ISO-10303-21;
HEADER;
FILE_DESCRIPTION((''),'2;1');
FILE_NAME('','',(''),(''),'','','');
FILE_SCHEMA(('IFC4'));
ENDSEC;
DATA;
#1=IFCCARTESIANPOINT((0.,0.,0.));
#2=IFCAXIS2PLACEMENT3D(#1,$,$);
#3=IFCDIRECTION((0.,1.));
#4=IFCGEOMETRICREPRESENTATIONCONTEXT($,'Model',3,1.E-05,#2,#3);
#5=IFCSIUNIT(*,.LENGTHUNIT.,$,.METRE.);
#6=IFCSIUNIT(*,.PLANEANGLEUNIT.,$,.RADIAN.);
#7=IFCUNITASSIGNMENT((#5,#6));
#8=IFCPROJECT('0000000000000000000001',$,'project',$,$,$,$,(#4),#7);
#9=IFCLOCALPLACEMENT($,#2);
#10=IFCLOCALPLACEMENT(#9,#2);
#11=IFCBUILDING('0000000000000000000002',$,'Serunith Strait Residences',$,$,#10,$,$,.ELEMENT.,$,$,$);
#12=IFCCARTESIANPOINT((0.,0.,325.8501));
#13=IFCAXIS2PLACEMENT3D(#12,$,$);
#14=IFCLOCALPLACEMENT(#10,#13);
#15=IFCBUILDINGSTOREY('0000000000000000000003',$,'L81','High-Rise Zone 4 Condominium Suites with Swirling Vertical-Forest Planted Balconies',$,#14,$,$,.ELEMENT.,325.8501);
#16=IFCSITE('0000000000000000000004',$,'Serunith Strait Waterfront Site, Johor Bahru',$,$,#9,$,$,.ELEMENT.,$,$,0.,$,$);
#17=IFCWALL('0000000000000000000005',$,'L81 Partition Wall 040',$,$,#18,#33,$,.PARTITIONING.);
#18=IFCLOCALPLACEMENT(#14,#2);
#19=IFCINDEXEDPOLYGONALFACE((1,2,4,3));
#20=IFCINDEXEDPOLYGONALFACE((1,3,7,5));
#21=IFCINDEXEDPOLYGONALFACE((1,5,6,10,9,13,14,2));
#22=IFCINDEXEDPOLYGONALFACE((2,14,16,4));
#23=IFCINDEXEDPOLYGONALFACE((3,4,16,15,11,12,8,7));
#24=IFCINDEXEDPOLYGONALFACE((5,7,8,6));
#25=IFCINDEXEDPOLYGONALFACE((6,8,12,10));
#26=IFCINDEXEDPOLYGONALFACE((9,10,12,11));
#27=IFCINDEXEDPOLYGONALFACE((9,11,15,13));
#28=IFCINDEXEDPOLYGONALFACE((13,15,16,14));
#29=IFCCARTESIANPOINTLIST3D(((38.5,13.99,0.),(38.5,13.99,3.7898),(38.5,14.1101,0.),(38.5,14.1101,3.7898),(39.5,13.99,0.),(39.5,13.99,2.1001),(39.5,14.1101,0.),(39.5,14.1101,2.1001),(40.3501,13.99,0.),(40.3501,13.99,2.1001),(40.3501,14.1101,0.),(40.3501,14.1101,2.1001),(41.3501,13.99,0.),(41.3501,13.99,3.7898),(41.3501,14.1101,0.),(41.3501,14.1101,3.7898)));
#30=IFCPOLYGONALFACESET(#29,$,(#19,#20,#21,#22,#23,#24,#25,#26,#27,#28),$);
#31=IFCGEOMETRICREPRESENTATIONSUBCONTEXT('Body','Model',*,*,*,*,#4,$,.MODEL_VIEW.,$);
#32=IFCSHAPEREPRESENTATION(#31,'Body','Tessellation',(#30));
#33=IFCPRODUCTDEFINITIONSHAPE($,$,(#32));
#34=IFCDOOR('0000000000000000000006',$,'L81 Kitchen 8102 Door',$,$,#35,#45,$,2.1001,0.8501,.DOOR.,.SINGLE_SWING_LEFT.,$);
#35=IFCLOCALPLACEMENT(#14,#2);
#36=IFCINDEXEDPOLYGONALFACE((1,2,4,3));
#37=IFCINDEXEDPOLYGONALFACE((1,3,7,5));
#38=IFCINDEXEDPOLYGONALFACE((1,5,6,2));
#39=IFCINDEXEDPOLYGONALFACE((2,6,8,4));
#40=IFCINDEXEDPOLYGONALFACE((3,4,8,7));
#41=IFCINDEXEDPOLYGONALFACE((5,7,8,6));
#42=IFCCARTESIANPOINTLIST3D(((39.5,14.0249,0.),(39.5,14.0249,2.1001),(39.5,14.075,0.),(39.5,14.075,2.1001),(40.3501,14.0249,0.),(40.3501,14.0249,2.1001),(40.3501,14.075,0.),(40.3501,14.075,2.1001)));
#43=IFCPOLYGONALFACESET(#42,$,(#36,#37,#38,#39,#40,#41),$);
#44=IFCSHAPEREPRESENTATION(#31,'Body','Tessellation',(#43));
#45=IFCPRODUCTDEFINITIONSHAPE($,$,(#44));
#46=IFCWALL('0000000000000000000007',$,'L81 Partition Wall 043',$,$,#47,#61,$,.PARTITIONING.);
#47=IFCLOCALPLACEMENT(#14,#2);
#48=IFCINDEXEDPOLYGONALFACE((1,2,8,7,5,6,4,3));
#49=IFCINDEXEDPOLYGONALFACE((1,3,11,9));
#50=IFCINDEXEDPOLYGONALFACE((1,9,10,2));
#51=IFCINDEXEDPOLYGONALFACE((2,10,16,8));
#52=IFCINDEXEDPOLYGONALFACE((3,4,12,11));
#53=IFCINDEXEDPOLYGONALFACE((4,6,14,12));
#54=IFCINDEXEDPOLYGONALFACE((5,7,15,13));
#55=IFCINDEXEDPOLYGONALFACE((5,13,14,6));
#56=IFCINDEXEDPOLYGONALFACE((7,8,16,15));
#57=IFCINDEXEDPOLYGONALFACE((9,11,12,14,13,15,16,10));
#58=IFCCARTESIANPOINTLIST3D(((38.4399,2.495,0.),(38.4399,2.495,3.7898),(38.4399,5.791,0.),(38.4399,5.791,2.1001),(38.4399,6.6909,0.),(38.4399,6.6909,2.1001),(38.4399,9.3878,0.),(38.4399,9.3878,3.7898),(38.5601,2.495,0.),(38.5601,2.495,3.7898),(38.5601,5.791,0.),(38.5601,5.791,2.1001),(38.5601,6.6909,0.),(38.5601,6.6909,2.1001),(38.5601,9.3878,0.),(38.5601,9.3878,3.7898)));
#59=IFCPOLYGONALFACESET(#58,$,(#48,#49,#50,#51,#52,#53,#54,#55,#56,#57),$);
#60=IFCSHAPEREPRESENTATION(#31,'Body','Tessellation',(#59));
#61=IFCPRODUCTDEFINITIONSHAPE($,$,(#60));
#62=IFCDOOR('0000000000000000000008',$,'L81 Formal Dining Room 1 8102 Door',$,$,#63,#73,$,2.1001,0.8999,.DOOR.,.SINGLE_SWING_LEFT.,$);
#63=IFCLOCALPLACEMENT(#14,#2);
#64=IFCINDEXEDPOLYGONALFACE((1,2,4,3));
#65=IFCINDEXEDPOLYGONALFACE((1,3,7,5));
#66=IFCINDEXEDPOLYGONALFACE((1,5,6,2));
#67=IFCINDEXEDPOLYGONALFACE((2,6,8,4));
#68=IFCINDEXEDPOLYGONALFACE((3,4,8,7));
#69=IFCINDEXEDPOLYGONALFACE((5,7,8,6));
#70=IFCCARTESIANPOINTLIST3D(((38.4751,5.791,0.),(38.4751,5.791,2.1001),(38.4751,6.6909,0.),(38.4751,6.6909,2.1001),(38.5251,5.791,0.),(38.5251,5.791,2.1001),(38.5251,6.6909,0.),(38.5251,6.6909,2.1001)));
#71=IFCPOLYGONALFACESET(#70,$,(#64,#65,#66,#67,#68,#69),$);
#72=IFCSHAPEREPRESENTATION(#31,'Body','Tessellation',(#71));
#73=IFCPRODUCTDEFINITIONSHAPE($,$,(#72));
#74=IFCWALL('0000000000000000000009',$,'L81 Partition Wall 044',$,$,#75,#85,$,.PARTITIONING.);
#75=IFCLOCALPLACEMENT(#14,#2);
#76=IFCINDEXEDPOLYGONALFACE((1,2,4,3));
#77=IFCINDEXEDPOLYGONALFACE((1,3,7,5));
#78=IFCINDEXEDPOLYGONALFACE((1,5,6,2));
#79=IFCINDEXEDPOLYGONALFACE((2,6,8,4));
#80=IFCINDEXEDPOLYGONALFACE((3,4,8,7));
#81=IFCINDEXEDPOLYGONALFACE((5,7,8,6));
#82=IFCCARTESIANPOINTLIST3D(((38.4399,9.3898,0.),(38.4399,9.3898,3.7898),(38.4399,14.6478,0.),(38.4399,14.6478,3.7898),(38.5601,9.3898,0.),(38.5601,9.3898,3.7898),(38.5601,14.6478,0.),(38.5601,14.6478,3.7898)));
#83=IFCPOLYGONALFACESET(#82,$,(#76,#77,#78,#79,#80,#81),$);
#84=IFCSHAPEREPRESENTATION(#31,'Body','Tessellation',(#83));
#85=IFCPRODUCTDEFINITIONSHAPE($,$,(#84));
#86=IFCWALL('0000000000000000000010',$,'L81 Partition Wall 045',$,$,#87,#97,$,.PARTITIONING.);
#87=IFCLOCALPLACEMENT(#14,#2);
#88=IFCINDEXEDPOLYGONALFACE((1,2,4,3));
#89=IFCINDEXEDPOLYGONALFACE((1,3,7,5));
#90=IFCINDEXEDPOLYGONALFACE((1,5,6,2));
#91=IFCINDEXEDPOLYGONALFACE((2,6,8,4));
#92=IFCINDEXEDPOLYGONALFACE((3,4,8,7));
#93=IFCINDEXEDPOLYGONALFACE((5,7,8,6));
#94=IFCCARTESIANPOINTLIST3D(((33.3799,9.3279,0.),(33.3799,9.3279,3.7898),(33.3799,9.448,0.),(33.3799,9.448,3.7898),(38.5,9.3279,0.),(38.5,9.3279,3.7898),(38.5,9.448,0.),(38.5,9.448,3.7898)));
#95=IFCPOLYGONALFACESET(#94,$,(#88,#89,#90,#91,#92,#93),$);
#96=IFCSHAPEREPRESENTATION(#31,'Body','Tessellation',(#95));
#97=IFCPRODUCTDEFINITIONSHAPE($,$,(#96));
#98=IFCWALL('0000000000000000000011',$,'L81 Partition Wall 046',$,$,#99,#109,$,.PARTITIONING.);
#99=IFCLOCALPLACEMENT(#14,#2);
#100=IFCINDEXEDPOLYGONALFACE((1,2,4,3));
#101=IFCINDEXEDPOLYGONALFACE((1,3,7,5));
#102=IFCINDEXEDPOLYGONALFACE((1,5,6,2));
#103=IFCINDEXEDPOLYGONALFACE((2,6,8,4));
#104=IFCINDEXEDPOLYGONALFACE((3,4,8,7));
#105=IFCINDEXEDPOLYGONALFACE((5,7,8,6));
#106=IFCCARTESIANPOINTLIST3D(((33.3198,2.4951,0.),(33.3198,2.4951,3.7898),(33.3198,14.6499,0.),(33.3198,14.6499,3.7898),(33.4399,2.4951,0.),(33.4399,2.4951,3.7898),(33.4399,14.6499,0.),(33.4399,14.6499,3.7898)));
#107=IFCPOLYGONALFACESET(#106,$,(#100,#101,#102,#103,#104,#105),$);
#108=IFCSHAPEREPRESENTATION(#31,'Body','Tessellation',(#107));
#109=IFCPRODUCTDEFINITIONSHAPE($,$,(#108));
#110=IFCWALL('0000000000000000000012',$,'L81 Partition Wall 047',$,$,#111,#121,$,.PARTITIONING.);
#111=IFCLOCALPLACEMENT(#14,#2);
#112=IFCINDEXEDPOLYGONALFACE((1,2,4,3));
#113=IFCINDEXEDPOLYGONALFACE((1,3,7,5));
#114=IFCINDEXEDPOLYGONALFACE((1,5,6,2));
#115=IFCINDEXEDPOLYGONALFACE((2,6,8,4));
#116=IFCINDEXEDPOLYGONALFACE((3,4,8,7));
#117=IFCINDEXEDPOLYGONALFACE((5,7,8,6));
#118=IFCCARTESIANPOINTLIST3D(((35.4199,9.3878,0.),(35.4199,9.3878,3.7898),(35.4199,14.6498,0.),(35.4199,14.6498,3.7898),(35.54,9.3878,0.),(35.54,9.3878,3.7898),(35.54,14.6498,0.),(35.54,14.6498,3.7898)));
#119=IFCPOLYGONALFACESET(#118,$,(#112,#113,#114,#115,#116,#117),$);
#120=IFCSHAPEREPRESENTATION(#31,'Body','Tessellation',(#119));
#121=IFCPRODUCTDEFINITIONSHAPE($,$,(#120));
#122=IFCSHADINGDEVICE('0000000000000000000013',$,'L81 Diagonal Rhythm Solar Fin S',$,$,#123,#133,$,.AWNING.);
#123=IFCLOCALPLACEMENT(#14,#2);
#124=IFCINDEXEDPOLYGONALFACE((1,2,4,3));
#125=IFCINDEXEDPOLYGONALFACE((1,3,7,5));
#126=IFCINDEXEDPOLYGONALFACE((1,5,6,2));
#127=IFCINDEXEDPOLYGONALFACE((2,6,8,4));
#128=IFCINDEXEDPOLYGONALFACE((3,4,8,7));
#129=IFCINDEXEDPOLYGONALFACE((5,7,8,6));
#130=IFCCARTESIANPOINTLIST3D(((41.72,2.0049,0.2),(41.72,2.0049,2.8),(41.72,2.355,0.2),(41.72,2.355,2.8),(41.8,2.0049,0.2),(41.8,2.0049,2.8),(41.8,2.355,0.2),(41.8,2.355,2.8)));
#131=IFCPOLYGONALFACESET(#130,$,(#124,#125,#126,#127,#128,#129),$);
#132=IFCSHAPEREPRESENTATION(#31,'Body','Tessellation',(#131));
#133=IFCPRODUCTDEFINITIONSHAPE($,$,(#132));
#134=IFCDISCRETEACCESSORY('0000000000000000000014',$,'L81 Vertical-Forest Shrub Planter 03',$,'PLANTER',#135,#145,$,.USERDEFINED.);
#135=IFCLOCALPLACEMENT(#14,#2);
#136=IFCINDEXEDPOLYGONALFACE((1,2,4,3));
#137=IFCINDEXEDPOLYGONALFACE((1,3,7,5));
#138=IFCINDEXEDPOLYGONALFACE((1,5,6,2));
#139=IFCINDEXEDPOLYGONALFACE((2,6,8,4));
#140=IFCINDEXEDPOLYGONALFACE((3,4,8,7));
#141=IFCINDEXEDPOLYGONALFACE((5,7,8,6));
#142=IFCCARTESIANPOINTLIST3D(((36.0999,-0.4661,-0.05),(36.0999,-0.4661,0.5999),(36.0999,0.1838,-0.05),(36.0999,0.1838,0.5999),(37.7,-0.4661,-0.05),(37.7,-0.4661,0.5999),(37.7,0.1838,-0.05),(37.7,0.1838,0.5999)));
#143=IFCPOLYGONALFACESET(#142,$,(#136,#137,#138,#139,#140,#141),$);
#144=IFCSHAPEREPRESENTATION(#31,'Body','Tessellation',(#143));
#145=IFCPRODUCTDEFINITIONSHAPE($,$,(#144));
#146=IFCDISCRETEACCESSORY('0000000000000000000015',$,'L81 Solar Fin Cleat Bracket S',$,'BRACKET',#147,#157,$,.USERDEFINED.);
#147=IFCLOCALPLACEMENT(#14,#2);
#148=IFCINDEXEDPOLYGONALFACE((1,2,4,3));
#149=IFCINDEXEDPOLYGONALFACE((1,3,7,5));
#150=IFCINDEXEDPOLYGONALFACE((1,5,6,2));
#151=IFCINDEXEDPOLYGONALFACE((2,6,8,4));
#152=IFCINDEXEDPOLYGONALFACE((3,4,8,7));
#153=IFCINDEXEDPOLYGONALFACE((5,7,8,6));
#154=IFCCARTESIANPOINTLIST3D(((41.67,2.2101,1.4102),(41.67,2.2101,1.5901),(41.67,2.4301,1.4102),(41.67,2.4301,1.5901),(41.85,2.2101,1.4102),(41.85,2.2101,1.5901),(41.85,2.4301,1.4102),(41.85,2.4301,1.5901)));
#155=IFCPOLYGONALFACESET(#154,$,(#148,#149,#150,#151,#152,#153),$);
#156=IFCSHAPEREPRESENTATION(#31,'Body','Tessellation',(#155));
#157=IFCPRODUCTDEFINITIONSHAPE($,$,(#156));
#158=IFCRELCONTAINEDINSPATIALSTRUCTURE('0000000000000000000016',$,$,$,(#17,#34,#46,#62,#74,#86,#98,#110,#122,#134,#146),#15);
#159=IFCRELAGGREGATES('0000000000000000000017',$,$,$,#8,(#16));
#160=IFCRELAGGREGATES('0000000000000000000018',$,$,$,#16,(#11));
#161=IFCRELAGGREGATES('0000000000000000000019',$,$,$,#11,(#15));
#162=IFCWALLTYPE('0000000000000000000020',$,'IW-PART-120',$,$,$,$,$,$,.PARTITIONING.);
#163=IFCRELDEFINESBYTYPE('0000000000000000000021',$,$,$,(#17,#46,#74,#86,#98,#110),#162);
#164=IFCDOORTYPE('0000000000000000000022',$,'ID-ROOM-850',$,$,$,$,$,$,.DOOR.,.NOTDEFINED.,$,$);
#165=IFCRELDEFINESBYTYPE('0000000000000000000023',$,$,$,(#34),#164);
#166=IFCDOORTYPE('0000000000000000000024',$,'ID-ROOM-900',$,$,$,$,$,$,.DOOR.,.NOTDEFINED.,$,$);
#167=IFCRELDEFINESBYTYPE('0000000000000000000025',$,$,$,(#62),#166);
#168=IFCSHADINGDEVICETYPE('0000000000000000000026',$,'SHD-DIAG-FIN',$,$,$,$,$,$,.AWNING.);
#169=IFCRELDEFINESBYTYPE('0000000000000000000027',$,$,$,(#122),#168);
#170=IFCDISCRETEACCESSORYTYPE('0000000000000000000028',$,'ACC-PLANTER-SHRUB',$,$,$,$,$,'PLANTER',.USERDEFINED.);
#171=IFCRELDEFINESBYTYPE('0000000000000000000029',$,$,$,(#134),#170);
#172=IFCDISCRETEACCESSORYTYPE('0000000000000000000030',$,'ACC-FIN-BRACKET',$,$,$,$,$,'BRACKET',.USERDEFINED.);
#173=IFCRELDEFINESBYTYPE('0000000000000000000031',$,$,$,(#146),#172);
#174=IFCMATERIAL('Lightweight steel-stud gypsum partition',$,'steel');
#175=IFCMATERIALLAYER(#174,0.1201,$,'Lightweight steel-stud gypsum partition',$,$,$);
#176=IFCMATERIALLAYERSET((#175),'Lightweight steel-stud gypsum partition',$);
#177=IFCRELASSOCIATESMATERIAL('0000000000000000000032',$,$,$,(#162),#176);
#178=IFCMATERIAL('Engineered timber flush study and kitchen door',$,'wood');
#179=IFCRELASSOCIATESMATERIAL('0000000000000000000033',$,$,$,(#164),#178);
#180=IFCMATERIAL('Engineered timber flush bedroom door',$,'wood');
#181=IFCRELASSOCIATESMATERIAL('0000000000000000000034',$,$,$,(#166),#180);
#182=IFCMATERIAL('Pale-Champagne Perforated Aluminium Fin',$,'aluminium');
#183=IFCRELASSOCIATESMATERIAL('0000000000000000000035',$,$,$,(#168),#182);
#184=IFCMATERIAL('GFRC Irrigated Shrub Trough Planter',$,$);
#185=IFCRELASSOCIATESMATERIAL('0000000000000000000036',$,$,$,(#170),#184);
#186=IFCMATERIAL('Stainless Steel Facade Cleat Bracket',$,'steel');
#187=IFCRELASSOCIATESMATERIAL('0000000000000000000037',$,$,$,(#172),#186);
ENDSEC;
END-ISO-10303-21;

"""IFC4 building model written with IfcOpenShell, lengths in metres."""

from ifc_helpers import new_model, si_unit, direction, frame, frame_2d, origin, origin_2d, place, context, subcontext, project, spatial, rectangle, extrude, source, transform, mapped, material, layer, layer_set, type_object, element, fill, save


model = new_model("IFC4")

# Units and contexts
model_context = context("Model", 3, precision=1e-05, world=origin(), true_north=direction((0.0, 1.0)))
body_context = subcontext(model_context, "Body", "Model", "MODEL_VIEW")
ifc_project = project(units=[si_unit("LENGTHUNIT", "METRE"), si_unit("PLANEANGLEUNIT", "RADIAN")], contexts=[model_context])

# Site, building, storey
site_placement = place(None, origin())
site = spatial("IfcSite", under=ifc_project, at=site_placement, Name="Serunith Strait Waterfront Site, Johor Bahru", CompositionType="ELEMENT", RefElevation=0.0)
building_placement = place(site_placement, origin())
building = spatial("IfcBuilding", under=site, at=building_placement, Name="Serunith Strait Residences", CompositionType="ELEMENT")
storey_placement = place(building_placement, frame((0.0, 0.0, 325.8501)))
storey = spatial("IfcBuildingStorey", under=building, at=storey_placement, Name="L81", Description="High-Rise Zone 4 Condominium Suites with Swirling Vertical-Forest Planted Balconies", CompositionType="ELEMENT", Elevation=325.8501)

# Walls, openings, doors
ifc_material_1 = material(Name="Lightweight steel-stud gypsum partition", Category="steel")
ifc_layer_1 = layer(ifc_material_1, 0.1201, Name="Lightweight steel-stud gypsum partition")
ifc_layer_set_1 = layer_set([ifc_layer_1], Name="Lightweight steel-stud gypsum partition")
wall_type = type_object("IfcWallType", Name="IW-PART-120", PredefinedType="PARTITIONING", material=ifc_layer_set_1)
wall_1_placement = place(storey_placement, frame((38.5, 14.05, 0.0), z_axis=(0.0, 0.0, 1.0), x_axis=(1.0, 0.0, 0.0)))
wall_1 = element("IfcWall", 1, at=wall_1_placement, inside=storey, type_object=wall_type, Name="L81 Partition Wall 040", PredefinedType="PARTITIONING", context=body_context, shape_type="SweptSolid", body=[
    extrude(rectangle(XDim=2.8501, YDim=0.1201, at=frame_2d((1.425, 0.0))), origin(), (0.0, 0.0, 1.0), 3.7898),
])
opening_1_placement = place(wall_1_placement, frame((1.0, 0.0, 0.0)))
opening_1 = element("IfcOpeningElement", 2, at=opening_1_placement, cuts=wall_1, PredefinedType="OPENING", context=body_context, shape_type="SweptSolid", body=[
    extrude(rectangle(XDim=0.8501, YDim=2.1001, at=frame_2d((0.425, 1.05))), frame((0.0, 0.0701, 0.0), z_axis=(0.0, -1.0, 0.0), x_axis=(1.0, 0.0, 0.0)), (0.0, 0.0, 1.0), 0.1401),
])
ifc_material_2 = material(Name="Engineered timber flush study and kitchen door", Category="wood")
door_type_1 = type_object("IfcDoorType", Name="ID-ROOM-850", OperationType="NOTDEFINED", PredefinedType="DOOR", material=ifc_material_2)
shared_shape_1 = source(origin(), body_context, "Body", "SweptSolid", [
    extrude(rectangle(XDim=0.8501, YDim=2.1001, at=frame_2d((0.425, 1.05))), frame((0.0, 0.0249, 0.0), z_axis=(0.0, -1.0, 0.0), x_axis=(1.0, 0.0, 0.0)), (0.0, 0.0, 1.0), 0.05),
])
door_1_placement = place(opening_1_placement, origin())
door_1 = element("IfcDoor", 3, at=door_1_placement, inside=storey, type_object=door_type_1, Name="L81 Kitchen 8102 Door", OperationType="SINGLE_SWING_LEFT", OverallHeight=2.1001, OverallWidth=0.8501, PredefinedType="DOOR", context=body_context, shape_type="MappedRepresentation", body=[
    mapped(shared_shape_1, transform((0.0, 0.0, 0.0), scale=1.0)),
])
fill(opening_1, door_1)
wall_2_placement = place(storey_placement, frame((38.5, 2.4951, 0.0), z_axis=(0.0, 0.0, 1.0), x_axis=(0.0, 1.0, 0.0)))
wall_2 = element("IfcWall", 4, at=wall_2_placement, inside=storey, type_object=wall_type, Name="L81 Partition Wall 043", PredefinedType="PARTITIONING", context=body_context, shape_type="SweptSolid", body=[
    extrude(rectangle(XDim=6.8928, YDim=0.1201, at=frame_2d((3.4463, 0.0))), origin(), (0.0, 0.0, 1.0), 3.7898),
])
opening_2_placement = place(wall_2_placement, frame((3.2959, 0.0, 0.0)))
opening_2 = element("IfcOpeningElement", 5, at=opening_2_placement, cuts=wall_2, PredefinedType="OPENING", context=body_context, shape_type="SweptSolid", body=[
    extrude(rectangle(XDim=0.8999, YDim=2.1001, at=frame_2d((0.45, 1.05))), frame((0.0, 0.0701, 0.0), z_axis=(0.0, -1.0, 0.0), x_axis=(1.0, 0.0, 0.0)), (0.0, 0.0, 1.0), 0.1401),
])
ifc_material_3 = material(Name="Engineered timber flush bedroom door", Category="wood")
door_type_2 = type_object("IfcDoorType", Name="ID-ROOM-900", OperationType="NOTDEFINED", PredefinedType="DOOR", material=ifc_material_3)
shared_shape_2 = source(origin(), body_context, "Body", "SweptSolid", [
    extrude(rectangle(XDim=0.8999, YDim=2.1001, at=frame_2d((0.45, 1.05))), frame((0.0, 0.0249, 0.0), z_axis=(0.0, -1.0, 0.0), x_axis=(1.0, 0.0, 0.0)), (0.0, 0.0, 1.0), 0.05),
])
door_2_placement = place(opening_2_placement, origin())
door_2 = element("IfcDoor", 6, at=door_2_placement, inside=storey, type_object=door_type_2, Name="L81 Formal Dining Room 1 8102 Door", OperationType="SINGLE_SWING_LEFT", OverallHeight=2.1001, OverallWidth=0.8999, PredefinedType="DOOR", context=body_context, shape_type="MappedRepresentation", body=[
    mapped(shared_shape_2, transform((0.0, 0.0, 0.0), scale=1.0)),
])
fill(opening_2, door_2)

# Walls
wall_3_placement = place(storey_placement, frame((38.5, 9.3899, 0.0), z_axis=(0.0, 0.0, 1.0), x_axis=(0.0, 1.0, 0.0)))
element("IfcWall", 7, at=wall_3_placement, inside=storey, type_object=wall_type, Name="L81 Partition Wall 044", PredefinedType="PARTITIONING", context=body_context, shape_type="SweptSolid", body=[
    extrude(rectangle(XDim=5.2581, YDim=0.1201, at=frame_2d((2.6289, 0.0))), origin(), (0.0, 0.0, 1.0), 3.7898),
])
wall_4_placement = place(storey_placement, frame((33.3799, 9.3879, 0.0), z_axis=(0.0, 0.0, 1.0), x_axis=(1.0, 0.0, 0.0)))
element("IfcWall", 8, at=wall_4_placement, inside=storey, type_object=wall_type, Name="L81 Partition Wall 045", PredefinedType="PARTITIONING", context=body_context, shape_type="SweptSolid", body=[
    extrude(rectangle(XDim=5.1201, YDim=0.1201, at=frame_2d((2.5601, 0.0))), origin(), (0.0, 0.0, 1.0), 3.7898),
])
wall_5_placement = place(storey_placement, frame((33.3799, 2.4951, 0.0), z_axis=(0.0, 0.0, 1.0), x_axis=(0.0, 1.0, 0.0)))
element("IfcWall", 9, at=wall_5_placement, inside=storey, type_object=wall_type, Name="L81 Partition Wall 046", PredefinedType="PARTITIONING", context=body_context, shape_type="SweptSolid", body=[
    extrude(rectangle(XDim=12.1548, YDim=0.1201, at=frame_2d((6.0774, 0.0))), origin(), (0.0, 0.0, 1.0), 3.7898),
])
wall_6_placement = place(storey_placement, frame((35.48, 9.3879, 0.0), z_axis=(0.0, 0.0, 1.0), x_axis=(0.0, 1.0, 0.0)))
element("IfcWall", 10, at=wall_6_placement, inside=storey, type_object=wall_type, Name="L81 Partition Wall 047", PredefinedType="PARTITIONING", context=body_context, shape_type="SweptSolid", body=[
    extrude(rectangle(XDim=5.262, YDim=0.1201, at=frame_2d((2.6309, 0.0))), origin(), (0.0, 0.0, 1.0), 3.7898),
])

# Shading device
ifc_material_4 = material(Name="Pale-Champagne Perforated Aluminium Fin", Category="aluminium")
shading_device_type = type_object("IfcShadingDeviceType", Name="SHD-DIAG-FIN", PredefinedType="AWNING", material=ifc_material_4)
shared_shape_3 = source(origin(), body_context, "Body", "SweptSolid", [
    extrude(rectangle(XDim=0.0801, YDim=0.3501, at=origin_2d()), origin(), (0.0, 0.0, 1.0), 2.6001),
])
shading_device_placement = place(storey_placement, frame((41.76, 2.1799, 0.2), z_axis=(0.0, 0.0, 1.0), x_axis=(1.0, 0.0, 0.0)))
element("IfcShadingDevice", 11, at=shading_device_placement, inside=storey, type_object=shading_device_type, Name="L81 Diagonal Rhythm Solar Fin S", PredefinedType="AWNING", context=body_context, shape_type="MappedRepresentation", body=[
    mapped(shared_shape_3, transform((0.0, 0.0, 0.0), scale=1.0)),
])

# Discrete accessories
ifc_material_5 = material(Name="GFRC Irrigated Shrub Trough Planter")
discrete_accessory_type_1 = type_object("IfcDiscreteAccessoryType", Name="ACC-PLANTER-SHRUB", ElementType="PLANTER", PredefinedType="USERDEFINED", material=ifc_material_5)
shared_shape_4 = source(origin(), body_context, "Body", "SweptSolid", [
    extrude(rectangle(XDim=1.6001, YDim=0.6499, at=origin_2d()), origin(), (0.0, 0.0, 1.0), 0.6499),
])
discrete_accessory_1_placement = place(storey_placement, frame((36.8999, -0.1411, -0.05), z_axis=(0.0, 0.0, 1.0), x_axis=(1.0, 0.0, 0.0)))
element("IfcDiscreteAccessory", 12, at=discrete_accessory_1_placement, inside=storey, type_object=discrete_accessory_type_1, Name="L81 Vertical-Forest Shrub Planter 03", ObjectType="PLANTER", PredefinedType="USERDEFINED", context=body_context, shape_type="MappedRepresentation", body=[
    mapped(shared_shape_4, transform((0.0, 0.0, 0.0), scale=1.0)),
])
ifc_material_6 = material(Name="Stainless Steel Facade Cleat Bracket", Category="steel")
discrete_accessory_type_2 = type_object("IfcDiscreteAccessoryType", Name="ACC-FIN-BRACKET", ElementType="BRACKET", PredefinedType="USERDEFINED", material=ifc_material_6)
shared_shape_5 = source(origin(), body_context, "Body", "SweptSolid", [
    extrude(rectangle(XDim=0.1799, YDim=0.22, at=origin_2d()), origin(), (0.0, 0.0, 1.0), 0.1799),
])
discrete_accessory_2_placement = place(storey_placement, frame((41.76, 2.3201, 1.4102), z_axis=(0.0, 0.0, 1.0), x_axis=(1.0, 0.0, 0.0)))
element("IfcDiscreteAccessory", 13, at=discrete_accessory_2_placement, inside=storey, type_object=discrete_accessory_type_2, Name="L81 Solar Fin Cleat Bracket S", ObjectType="BRACKET", PredefinedType="USERDEFINED", context=body_context, shape_type="MappedRepresentation", body=[
    mapped(shared_shape_5, transform((0.0, 0.0, 0.0), scale=1.0)),
])

save(model, "model.ifc")
